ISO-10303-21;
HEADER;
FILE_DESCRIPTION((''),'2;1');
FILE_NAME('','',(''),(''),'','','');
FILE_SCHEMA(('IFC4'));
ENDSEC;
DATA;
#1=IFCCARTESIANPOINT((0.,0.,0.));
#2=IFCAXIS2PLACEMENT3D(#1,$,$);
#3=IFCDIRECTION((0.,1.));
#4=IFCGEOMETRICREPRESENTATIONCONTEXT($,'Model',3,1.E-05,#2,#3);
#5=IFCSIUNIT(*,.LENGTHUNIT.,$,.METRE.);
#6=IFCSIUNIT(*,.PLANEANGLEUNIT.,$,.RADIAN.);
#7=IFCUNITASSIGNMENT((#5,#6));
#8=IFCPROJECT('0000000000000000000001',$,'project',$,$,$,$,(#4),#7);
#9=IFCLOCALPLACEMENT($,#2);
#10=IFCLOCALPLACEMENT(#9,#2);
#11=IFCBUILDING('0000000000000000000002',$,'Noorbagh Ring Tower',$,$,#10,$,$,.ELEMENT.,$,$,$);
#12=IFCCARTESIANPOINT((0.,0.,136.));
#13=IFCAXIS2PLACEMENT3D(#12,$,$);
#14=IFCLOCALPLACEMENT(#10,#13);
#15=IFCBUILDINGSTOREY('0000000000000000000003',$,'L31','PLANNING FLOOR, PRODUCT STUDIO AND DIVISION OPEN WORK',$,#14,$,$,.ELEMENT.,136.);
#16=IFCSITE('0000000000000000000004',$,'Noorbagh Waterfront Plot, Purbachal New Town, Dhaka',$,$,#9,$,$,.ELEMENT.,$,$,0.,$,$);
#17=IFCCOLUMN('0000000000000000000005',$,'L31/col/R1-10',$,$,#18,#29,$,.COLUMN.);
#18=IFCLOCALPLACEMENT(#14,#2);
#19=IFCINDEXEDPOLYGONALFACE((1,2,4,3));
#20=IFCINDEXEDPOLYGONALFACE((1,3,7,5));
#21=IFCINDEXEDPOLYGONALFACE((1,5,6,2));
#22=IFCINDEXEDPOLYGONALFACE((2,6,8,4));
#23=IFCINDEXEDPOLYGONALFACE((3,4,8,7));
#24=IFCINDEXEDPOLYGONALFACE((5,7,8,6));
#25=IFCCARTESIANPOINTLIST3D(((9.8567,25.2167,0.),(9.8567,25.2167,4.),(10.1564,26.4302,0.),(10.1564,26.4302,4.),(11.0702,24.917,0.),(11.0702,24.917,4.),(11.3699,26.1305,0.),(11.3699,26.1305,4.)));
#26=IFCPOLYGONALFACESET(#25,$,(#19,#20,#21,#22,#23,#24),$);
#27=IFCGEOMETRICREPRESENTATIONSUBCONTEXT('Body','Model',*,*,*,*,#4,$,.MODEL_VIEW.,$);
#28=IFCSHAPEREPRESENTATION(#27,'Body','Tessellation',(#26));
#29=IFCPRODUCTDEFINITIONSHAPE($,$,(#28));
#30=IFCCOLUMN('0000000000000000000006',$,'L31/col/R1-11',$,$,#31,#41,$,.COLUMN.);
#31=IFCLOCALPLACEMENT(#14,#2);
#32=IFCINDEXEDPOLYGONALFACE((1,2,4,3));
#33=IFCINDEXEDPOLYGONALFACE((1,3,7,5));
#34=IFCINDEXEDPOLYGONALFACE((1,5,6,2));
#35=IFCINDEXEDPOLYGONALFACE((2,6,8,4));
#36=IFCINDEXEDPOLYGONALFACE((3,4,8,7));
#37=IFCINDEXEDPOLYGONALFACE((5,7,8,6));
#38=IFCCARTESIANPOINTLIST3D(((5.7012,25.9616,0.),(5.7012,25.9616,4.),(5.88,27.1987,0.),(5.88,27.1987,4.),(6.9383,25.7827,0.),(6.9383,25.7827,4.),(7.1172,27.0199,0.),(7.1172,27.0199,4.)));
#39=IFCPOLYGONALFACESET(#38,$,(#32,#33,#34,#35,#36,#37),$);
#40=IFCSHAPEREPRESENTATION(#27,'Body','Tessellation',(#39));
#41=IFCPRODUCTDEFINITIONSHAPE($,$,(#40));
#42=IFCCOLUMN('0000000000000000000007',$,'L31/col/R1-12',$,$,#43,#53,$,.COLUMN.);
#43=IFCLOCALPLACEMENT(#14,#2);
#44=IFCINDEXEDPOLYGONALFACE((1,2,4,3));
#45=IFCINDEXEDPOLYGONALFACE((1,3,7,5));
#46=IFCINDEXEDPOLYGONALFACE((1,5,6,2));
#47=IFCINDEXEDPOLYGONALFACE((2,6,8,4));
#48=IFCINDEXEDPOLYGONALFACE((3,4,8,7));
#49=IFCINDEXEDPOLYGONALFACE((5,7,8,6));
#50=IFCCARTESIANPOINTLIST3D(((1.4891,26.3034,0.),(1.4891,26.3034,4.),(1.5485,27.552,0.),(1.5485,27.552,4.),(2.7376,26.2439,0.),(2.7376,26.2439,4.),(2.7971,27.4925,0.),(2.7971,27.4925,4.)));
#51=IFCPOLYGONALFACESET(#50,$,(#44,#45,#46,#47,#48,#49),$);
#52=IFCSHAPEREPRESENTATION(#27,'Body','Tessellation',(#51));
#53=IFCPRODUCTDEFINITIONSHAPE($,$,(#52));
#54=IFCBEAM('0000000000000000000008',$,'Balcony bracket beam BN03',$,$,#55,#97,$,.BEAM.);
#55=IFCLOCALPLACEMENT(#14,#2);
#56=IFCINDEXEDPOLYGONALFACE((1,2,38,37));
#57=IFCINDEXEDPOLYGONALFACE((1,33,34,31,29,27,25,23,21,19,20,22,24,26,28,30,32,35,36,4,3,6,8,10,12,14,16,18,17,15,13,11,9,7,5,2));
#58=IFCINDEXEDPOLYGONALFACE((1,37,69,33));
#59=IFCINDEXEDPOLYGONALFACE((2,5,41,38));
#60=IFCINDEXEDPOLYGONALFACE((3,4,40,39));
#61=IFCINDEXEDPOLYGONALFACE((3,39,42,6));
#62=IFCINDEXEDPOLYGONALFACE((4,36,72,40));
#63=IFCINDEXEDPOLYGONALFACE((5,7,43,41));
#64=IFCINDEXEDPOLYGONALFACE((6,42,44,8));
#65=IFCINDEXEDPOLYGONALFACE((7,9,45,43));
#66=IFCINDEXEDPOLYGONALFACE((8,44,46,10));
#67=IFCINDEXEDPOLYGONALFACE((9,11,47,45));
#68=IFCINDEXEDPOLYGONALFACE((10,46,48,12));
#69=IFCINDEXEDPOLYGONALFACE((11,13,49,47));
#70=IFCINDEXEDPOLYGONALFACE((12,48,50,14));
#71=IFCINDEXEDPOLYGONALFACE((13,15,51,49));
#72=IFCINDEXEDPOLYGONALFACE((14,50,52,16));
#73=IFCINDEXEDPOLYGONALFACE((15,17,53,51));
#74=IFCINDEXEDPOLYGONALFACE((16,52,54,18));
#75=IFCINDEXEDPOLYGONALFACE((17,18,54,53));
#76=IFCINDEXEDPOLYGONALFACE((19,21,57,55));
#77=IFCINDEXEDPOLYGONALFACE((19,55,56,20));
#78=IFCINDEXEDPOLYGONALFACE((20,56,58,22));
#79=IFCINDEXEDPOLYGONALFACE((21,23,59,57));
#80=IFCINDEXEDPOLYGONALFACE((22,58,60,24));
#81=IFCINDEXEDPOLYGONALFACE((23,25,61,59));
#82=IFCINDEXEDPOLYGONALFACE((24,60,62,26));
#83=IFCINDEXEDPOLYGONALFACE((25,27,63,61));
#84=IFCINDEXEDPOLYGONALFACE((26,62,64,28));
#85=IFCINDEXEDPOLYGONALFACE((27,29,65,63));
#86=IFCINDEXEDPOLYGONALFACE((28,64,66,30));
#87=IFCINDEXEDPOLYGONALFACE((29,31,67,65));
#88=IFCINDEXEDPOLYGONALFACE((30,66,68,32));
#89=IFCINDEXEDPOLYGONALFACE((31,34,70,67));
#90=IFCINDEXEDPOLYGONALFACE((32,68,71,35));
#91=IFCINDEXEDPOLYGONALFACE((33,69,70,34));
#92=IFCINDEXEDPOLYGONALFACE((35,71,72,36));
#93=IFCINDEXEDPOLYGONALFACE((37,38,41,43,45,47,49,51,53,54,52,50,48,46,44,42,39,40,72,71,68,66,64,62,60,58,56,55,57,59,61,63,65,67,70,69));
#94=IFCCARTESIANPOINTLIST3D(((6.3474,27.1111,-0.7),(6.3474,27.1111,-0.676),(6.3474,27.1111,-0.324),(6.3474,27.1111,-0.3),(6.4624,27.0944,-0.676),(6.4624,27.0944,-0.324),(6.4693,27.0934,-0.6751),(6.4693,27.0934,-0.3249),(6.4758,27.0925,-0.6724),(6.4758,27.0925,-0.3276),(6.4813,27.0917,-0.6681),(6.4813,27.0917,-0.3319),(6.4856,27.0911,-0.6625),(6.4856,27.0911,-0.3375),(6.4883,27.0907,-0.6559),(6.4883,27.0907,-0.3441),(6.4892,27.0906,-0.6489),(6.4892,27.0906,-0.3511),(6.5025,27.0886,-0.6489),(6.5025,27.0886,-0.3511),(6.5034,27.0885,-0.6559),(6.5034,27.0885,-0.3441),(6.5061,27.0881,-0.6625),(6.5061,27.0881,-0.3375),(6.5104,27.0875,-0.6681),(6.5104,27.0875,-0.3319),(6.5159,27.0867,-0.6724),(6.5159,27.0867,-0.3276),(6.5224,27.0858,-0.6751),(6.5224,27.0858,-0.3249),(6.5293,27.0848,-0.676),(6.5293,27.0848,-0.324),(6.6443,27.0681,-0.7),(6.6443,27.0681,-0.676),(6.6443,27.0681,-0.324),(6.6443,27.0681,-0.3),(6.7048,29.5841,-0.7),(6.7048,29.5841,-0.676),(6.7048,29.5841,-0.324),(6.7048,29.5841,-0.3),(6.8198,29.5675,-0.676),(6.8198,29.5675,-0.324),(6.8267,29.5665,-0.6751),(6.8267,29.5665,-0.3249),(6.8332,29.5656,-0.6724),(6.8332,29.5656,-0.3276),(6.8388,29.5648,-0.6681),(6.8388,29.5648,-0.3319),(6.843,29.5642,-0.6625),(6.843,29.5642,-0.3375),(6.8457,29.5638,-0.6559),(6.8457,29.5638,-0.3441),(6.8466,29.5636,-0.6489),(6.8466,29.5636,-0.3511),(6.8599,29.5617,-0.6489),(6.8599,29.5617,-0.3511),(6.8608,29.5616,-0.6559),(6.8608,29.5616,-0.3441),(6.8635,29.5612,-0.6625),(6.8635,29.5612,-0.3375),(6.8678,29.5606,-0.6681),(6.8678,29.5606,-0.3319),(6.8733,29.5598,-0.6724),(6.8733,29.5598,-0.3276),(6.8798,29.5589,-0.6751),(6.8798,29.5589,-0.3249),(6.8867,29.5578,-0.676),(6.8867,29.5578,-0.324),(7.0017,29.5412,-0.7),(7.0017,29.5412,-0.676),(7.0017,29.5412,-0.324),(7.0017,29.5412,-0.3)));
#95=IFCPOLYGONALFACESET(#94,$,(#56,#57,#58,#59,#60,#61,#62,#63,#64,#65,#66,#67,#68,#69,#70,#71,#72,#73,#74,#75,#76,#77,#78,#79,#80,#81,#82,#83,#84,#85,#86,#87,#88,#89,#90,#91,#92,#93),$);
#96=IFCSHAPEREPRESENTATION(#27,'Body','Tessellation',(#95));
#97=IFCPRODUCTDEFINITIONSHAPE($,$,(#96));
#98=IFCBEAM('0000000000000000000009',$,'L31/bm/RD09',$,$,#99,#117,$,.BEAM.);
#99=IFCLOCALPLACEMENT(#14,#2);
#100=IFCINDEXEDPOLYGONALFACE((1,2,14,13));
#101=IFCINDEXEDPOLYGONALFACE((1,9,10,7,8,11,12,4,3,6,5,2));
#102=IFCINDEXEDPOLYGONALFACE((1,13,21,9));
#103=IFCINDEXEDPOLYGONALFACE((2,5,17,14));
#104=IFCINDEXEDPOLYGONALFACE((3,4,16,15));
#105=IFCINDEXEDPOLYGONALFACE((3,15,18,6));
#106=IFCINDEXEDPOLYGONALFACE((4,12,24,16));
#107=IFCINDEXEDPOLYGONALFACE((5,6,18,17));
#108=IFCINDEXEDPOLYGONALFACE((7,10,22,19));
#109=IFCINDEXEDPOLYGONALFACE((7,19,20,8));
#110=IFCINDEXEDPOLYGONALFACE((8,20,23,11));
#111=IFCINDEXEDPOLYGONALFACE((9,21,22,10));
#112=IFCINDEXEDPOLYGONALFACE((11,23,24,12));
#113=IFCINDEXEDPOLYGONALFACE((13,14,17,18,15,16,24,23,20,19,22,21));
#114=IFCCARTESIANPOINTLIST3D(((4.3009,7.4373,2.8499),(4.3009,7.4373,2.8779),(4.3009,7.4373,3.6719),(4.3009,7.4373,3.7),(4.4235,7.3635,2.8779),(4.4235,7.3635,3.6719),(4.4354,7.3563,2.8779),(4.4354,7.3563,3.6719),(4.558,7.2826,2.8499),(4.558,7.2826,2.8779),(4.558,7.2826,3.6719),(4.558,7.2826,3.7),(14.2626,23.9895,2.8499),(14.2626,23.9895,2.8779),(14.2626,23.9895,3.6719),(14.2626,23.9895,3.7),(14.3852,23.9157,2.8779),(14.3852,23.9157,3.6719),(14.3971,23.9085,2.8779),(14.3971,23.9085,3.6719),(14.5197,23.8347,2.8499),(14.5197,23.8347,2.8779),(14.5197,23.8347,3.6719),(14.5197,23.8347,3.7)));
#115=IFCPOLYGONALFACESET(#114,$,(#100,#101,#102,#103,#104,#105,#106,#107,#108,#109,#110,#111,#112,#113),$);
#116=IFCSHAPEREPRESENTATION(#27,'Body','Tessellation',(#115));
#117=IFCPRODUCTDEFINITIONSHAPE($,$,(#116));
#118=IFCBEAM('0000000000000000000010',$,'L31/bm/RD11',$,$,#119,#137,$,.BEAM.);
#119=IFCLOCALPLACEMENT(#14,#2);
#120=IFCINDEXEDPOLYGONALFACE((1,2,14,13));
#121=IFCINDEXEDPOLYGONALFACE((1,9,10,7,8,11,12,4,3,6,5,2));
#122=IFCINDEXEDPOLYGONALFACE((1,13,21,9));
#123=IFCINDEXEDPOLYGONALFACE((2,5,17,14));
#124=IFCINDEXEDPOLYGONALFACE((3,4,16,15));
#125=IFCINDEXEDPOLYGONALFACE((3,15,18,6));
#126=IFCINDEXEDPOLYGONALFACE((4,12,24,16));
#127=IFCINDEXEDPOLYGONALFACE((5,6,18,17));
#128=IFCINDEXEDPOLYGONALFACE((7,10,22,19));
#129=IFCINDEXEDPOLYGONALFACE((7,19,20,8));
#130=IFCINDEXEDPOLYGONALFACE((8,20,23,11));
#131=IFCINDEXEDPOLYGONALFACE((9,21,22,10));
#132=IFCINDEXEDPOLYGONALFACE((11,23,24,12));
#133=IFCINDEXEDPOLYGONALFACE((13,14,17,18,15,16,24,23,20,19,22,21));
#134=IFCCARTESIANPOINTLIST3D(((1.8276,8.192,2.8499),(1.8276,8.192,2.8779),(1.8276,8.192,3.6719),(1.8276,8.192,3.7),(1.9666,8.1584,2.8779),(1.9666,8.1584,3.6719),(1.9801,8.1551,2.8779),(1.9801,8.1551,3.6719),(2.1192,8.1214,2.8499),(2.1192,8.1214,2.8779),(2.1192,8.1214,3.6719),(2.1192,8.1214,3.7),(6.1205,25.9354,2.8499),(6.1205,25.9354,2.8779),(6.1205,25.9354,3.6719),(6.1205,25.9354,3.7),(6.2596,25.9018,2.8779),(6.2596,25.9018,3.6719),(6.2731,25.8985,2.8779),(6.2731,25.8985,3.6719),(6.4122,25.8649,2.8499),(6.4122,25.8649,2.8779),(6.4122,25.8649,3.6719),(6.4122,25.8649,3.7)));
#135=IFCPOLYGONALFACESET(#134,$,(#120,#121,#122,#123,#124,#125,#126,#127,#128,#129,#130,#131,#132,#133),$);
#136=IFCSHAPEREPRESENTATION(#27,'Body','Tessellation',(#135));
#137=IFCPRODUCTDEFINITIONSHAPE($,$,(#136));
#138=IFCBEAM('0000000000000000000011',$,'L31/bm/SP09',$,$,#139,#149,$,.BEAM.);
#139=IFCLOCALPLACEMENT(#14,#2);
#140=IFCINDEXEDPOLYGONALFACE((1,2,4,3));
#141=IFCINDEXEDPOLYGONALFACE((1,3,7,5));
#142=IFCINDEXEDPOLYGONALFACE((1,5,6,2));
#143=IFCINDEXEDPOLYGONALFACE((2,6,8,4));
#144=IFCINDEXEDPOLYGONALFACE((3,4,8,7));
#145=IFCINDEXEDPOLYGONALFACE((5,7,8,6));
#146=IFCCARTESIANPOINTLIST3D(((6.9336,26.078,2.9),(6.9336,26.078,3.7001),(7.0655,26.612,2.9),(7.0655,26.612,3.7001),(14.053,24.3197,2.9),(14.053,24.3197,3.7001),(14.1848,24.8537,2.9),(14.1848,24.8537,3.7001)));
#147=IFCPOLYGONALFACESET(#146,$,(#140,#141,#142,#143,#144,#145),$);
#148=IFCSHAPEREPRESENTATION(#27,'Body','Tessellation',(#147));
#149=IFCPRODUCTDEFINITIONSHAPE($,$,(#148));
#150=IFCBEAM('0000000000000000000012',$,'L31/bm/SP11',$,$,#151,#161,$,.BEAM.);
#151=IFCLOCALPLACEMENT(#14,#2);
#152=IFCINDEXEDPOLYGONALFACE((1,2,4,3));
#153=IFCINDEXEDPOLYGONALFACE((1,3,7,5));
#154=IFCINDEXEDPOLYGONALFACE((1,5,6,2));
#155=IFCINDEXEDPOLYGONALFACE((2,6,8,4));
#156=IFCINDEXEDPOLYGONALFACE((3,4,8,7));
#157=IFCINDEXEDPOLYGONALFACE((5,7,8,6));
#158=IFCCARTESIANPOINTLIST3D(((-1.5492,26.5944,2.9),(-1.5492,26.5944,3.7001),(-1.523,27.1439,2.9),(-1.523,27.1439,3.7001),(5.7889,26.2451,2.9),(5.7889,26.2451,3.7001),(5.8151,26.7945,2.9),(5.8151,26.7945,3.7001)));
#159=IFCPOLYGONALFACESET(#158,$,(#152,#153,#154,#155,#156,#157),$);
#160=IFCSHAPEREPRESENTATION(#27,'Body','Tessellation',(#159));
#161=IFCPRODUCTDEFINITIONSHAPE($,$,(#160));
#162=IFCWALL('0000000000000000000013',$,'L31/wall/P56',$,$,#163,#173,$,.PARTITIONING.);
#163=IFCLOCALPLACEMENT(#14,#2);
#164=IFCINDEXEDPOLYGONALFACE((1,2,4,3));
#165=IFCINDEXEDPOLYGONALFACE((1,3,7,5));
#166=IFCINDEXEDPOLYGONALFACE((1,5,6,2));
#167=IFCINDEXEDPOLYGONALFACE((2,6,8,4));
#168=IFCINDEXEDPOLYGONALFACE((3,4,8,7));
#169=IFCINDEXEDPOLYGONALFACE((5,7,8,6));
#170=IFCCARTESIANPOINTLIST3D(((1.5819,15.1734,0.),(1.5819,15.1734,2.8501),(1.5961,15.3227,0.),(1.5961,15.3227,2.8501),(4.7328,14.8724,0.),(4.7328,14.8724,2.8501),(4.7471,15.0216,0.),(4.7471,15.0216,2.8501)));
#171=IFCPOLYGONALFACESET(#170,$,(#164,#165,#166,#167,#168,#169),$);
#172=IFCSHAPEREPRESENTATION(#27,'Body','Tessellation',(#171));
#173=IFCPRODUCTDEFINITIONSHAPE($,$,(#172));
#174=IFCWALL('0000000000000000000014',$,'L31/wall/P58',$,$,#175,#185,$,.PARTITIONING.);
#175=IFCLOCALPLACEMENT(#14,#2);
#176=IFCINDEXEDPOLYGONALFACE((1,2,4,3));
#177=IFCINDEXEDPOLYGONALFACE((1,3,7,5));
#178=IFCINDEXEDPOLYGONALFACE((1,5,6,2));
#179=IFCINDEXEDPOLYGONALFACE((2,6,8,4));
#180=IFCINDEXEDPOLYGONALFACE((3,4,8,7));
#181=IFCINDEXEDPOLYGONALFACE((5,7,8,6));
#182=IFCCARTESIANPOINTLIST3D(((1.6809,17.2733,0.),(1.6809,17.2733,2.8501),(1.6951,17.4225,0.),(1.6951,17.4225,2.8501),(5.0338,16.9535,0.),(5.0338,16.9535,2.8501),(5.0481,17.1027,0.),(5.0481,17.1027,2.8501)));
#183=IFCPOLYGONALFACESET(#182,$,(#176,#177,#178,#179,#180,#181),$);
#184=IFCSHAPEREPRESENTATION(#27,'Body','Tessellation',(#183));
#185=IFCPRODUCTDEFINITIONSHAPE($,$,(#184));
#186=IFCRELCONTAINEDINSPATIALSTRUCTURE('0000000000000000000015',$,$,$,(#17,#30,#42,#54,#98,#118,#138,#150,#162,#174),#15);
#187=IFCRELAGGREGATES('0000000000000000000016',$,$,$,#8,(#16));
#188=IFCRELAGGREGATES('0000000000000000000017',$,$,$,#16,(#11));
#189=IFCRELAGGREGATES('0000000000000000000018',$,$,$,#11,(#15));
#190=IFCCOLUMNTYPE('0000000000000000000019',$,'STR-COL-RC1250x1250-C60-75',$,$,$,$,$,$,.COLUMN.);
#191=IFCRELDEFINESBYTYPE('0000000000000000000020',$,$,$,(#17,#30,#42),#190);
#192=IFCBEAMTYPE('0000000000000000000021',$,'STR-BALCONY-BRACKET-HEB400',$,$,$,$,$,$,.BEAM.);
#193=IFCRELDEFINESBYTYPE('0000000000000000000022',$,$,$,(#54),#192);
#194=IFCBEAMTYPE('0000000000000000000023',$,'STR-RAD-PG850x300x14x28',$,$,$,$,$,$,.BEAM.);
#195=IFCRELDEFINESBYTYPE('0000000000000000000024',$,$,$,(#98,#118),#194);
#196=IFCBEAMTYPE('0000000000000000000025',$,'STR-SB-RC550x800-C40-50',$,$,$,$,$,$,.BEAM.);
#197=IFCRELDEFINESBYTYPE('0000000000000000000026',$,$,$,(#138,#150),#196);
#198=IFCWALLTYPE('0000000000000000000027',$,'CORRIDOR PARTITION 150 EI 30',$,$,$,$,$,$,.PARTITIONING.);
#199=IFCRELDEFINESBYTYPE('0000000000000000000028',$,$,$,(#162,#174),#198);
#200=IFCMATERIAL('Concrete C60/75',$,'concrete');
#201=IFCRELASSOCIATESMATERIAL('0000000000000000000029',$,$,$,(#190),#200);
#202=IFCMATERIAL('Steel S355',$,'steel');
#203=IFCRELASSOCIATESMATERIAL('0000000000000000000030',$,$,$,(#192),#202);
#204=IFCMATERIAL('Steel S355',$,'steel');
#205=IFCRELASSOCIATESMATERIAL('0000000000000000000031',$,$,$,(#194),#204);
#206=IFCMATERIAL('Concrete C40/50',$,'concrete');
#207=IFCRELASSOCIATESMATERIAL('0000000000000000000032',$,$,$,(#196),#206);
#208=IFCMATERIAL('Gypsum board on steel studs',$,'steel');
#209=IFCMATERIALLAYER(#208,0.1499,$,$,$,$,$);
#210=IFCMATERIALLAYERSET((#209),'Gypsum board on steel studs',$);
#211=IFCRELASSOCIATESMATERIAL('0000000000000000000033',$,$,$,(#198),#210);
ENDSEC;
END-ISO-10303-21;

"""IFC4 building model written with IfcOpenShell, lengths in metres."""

from ifc_helpers import new_model, si_unit, direction, frame, frame_2d, origin, origin_2d, place, context, subcontext, project, spatial, rectangle, i_section, extrude, material, layer, layer_set, material_profile, profile_set, type_object, element, save


model = new_model("IFC4")

# Units and contexts
model_context = context("Model", 3, precision=1e-05, world=origin(), true_north=direction((0.0, 1.0)))
body_context = subcontext(model_context, "Body", "Model", "MODEL_VIEW")
ifc_project = project(units=[si_unit("LENGTHUNIT", "METRE"), si_unit("PLANEANGLEUNIT", "RADIAN")], contexts=[model_context])

# Site, building, storey
site_placement = place(None, origin())
site = spatial("IfcSite", under=ifc_project, at=site_placement, Name="Noorbagh Waterfront Plot, Purbachal New Town, Dhaka", CompositionType="ELEMENT", RefElevation=0.0)
building_placement = place(site_placement, origin())
building = spatial("IfcBuilding", under=site, at=building_placement, Name="Noorbagh Ring Tower", CompositionType="ELEMENT")
storey_placement = place(building_placement, frame((0.0, 0.0, 136.0)))
storey = spatial("IfcBuildingStorey", under=building, at=storey_placement, Name="L31", Description="PLANNING FLOOR, PRODUCT STUDIO AND DIVISION OPEN WORK", CompositionType="ELEMENT", Elevation=136.0)

# Columns
ifc_material_1 = material(Name="Concrete C60/75", Category="concrete")
ifc_material_profile_1 = material_profile(ifc_material_1, rectangle(XDim=1.25, YDim=1.25, at=origin_2d()), Name="RC1250x1250")
ifc_profile_set_1 = profile_set([ifc_material_profile_1], Name="Concrete C60/75")
column_type = type_object("IfcColumnType", Name="STR-COL-RC1250x1250-C60-75", PredefinedType="COLUMN", material=ifc_profile_set_1)
for number, where, z_axis, x_axis, name in (
    (1, (10.6133, 25.6736, 0.0), (0.0, 0.0, 1.0), (-0.970829, 0.239771, 0.0), "L31/col/R1-10"),
    (2, (6.4092, 26.4907, 0.0), (0.0, 0.0, 1.0), (-0.989713, 0.143066, 0.0), "L31/col/R1-11"),
    (3, (2.1431, 26.8979, 0.0), (0.0, 0.0, 1.0), (-0.998869, 0.047553, 0.0), "L31/col/R1-12"),
):
    element("IfcColumn", number, at=place(storey_placement, frame(where, z_axis=z_axis, x_axis=x_axis)), inside=storey, type_object=column_type, Name=name, PredefinedType="COLUMN", context=body_context, shape_type="SweptSolid", body=[
        extrude(rectangle(XDim=1.25, YDim=1.25, at=origin_2d()), origin(), (0.0, 0.0, 1.0), 4.0),
    ])

# Beams
ifc_material_2 = material(Name="Steel S355", Category="steel")
ifc_material_profile_2 = material_profile(ifc_material_2, i_section(OverallWidth=0.3, OverallDepth=0.3999, WebThickness=0.0134, FlangeThickness=0.0239, FilletRadius=0.0271, at=origin_2d()), Name="HEB400")
ifc_profile_set_2 = profile_set([ifc_material_profile_2], Name="Steel S355")
beam_type_1 = type_object("IfcBeamType", Name="STR-BALCONY-BRACKET-HEB400", PredefinedType="BEAM", material=ifc_profile_set_2)
beam_1_placement = place(storey_placement, frame((6.4958, 27.0896, -0.5), z_axis=(0.143035, 0.989718, 0.0), x_axis=(-0.989718, 0.143035, 0.0)))
element("IfcBeam", 4, at=beam_1_placement, inside=storey, type_object=beam_type_1, Name="Balcony bracket beam BN03", PredefinedType="BEAM", context=body_context, shape_type="SweptSolid", body=[
    extrude(i_section(OverallWidth=0.3, OverallDepth=0.3999, WebThickness=0.0134, FlangeThickness=0.0239, FilletRadius=0.0271, at=origin_2d()), origin(), (0.0, 0.0, 1.0), 2.4988),
])
ifc_material_3 = material(Name="Steel S355", Category="steel")
ifc_material_profile_3 = material_profile(ifc_material_3, i_section(OverallWidth=0.3, OverallDepth=0.8501, WebThickness=0.0139, FlangeThickness=0.0281, at=origin_2d()), Name="PG850x300x14x28")
ifc_profile_set_3 = profile_set([ifc_material_profile_3], Name="Steel S355")
beam_type_2 = type_object("IfcBeamType", Name="STR-RAD-PG850x300x14x28", PredefinedType="BEAM", material=ifc_profile_set_3)
beam_2_placement = place(storey_placement, frame((14.3911, 23.9121, 3.2749), z_axis=(-0.515649, -0.8568, 0.0), x_axis=(0.8568, -0.515649, 0.0)))
element("IfcBeam", 5, at=beam_2_placement, inside=storey, type_object=beam_type_2, Name="L31/bm/RD09", PredefinedType="BEAM", context=body_context, shape_type="SweptSolid", body=[
    extrude(i_section(OverallWidth=0.3, OverallDepth=0.8501, WebThickness=0.0139, FlangeThickness=0.0281, at=origin_2d()), origin(), (0.0, 0.0, 1.0), 19.3186),
])
beam_3_placement = place(storey_placement, frame((6.2664, 25.9001, 3.2749), z_axis=(-0.235162, -0.971956, 0.0), x_axis=(0.971956, -0.235162, 0.0)))
element("IfcBeam", 6, at=beam_3_placement, inside=storey, type_object=beam_type_2, Name="L31/bm/RD11", PredefinedType="BEAM", context=body_context, shape_type="SweptSolid", body=[
    extrude(i_section(OverallWidth=0.3, OverallDepth=0.8501, WebThickness=0.0139, FlangeThickness=0.0281, at=origin_2d()), origin(), (0.0, 0.0, 1.0), 18.2554),
])
ifc_material_4 = material(Name="Concrete C40/50", Category="concrete")
ifc_material_profile_4 = material_profile(ifc_material_4, rectangle(XDim=0.55, YDim=0.8, at=origin_2d()), Name="RC550x800")
ifc_profile_set_4 = profile_set([ifc_material_profile_4], Name="Concrete C40/50")
beam_type_3 = type_object("IfcBeamType", Name="STR-SB-RC550x800-C40-50", PredefinedType="BEAM", material=ifc_profile_set_4)
beam_4_placement = place(storey_placement, frame((14.1189, 24.5867, 3.3), z_axis=(-0.97083, 0.239769, 0.0), x_axis=(-0.239769, -0.97083, 0.0)))
element("IfcBeam", 7, at=beam_4_placement, inside=storey, type_object=beam_type_3, Name="L31/bm/SP09", PredefinedType="BEAM", context=body_context, shape_type="SweptSolid", body=[
    extrude(rectangle(XDim=0.55, YDim=0.8, at=origin_2d()), origin(), (0.0, 0.0, 1.0), 7.3333),
])
beam_5_placement = place(storey_placement, frame((5.802, 26.5198, 3.3), z_axis=(-0.998869, 0.047556, 0.0), x_axis=(-0.047556, -0.998869, 0.0)))
element("IfcBeam", 8, at=beam_5_placement, inside=storey, type_object=beam_type_3, Name="L31/bm/SP11", PredefinedType="BEAM", context=body_context, shape_type="SweptSolid", body=[
    extrude(rectangle(XDim=0.55, YDim=0.8, at=origin_2d()), origin(), (0.0, 0.0, 1.0), 7.3464),
])

# Walls
ifc_material_5 = material(Name="Gypsum board on steel studs", Category="steel")
ifc_layer_1 = layer(ifc_material_5, 0.1499)
ifc_layer_set_1 = layer_set([ifc_layer_1], Name="Gypsum board on steel studs")
wall_type_1 = type_object("IfcWallType", Name="CORRIDOR PARTITION 150 EI 30", PredefinedType="PARTITIONING", material=ifc_layer_set_1)
wall_1_placement = place(storey_placement, frame((1.5891, 15.248, 0.0), z_axis=(0.0, 0.0, 1.0), x_axis=(0.995467, -0.095104, 0.0)))
element("IfcWall", 9, at=wall_1_placement, inside=storey, type_object=wall_type_1, Name="L31/wall/P56", PredefinedType="PARTITIONING", context=body_context, shape_type="SweptSolid", body=[
    extrude(rectangle(XDim=3.1653, YDim=0.1499, at=frame_2d((1.5825, 0.0))), origin(), (0.0, 0.0, 1.0), 2.8501),
])
wall_2_placement = place(storey_placement, frame((1.688, 17.3479, 0.0), z_axis=(0.0, 0.0, 1.0), x_axis=(0.995482, -0.094953, 0.0)))
element("IfcWall", 10, at=wall_2_placement, inside=storey, type_object=wall_type_1, Name="L31/wall/P58", PredefinedType="PARTITIONING", context=body_context, shape_type="SweptSolid", body=[
    extrude(rectangle(XDim=3.3682, YDim=0.1499, at=frame_2d((1.6841, 0.0))), origin(), (0.0, 0.0, 1.0), 2.8501),
])

save(model, "model.ifc")
